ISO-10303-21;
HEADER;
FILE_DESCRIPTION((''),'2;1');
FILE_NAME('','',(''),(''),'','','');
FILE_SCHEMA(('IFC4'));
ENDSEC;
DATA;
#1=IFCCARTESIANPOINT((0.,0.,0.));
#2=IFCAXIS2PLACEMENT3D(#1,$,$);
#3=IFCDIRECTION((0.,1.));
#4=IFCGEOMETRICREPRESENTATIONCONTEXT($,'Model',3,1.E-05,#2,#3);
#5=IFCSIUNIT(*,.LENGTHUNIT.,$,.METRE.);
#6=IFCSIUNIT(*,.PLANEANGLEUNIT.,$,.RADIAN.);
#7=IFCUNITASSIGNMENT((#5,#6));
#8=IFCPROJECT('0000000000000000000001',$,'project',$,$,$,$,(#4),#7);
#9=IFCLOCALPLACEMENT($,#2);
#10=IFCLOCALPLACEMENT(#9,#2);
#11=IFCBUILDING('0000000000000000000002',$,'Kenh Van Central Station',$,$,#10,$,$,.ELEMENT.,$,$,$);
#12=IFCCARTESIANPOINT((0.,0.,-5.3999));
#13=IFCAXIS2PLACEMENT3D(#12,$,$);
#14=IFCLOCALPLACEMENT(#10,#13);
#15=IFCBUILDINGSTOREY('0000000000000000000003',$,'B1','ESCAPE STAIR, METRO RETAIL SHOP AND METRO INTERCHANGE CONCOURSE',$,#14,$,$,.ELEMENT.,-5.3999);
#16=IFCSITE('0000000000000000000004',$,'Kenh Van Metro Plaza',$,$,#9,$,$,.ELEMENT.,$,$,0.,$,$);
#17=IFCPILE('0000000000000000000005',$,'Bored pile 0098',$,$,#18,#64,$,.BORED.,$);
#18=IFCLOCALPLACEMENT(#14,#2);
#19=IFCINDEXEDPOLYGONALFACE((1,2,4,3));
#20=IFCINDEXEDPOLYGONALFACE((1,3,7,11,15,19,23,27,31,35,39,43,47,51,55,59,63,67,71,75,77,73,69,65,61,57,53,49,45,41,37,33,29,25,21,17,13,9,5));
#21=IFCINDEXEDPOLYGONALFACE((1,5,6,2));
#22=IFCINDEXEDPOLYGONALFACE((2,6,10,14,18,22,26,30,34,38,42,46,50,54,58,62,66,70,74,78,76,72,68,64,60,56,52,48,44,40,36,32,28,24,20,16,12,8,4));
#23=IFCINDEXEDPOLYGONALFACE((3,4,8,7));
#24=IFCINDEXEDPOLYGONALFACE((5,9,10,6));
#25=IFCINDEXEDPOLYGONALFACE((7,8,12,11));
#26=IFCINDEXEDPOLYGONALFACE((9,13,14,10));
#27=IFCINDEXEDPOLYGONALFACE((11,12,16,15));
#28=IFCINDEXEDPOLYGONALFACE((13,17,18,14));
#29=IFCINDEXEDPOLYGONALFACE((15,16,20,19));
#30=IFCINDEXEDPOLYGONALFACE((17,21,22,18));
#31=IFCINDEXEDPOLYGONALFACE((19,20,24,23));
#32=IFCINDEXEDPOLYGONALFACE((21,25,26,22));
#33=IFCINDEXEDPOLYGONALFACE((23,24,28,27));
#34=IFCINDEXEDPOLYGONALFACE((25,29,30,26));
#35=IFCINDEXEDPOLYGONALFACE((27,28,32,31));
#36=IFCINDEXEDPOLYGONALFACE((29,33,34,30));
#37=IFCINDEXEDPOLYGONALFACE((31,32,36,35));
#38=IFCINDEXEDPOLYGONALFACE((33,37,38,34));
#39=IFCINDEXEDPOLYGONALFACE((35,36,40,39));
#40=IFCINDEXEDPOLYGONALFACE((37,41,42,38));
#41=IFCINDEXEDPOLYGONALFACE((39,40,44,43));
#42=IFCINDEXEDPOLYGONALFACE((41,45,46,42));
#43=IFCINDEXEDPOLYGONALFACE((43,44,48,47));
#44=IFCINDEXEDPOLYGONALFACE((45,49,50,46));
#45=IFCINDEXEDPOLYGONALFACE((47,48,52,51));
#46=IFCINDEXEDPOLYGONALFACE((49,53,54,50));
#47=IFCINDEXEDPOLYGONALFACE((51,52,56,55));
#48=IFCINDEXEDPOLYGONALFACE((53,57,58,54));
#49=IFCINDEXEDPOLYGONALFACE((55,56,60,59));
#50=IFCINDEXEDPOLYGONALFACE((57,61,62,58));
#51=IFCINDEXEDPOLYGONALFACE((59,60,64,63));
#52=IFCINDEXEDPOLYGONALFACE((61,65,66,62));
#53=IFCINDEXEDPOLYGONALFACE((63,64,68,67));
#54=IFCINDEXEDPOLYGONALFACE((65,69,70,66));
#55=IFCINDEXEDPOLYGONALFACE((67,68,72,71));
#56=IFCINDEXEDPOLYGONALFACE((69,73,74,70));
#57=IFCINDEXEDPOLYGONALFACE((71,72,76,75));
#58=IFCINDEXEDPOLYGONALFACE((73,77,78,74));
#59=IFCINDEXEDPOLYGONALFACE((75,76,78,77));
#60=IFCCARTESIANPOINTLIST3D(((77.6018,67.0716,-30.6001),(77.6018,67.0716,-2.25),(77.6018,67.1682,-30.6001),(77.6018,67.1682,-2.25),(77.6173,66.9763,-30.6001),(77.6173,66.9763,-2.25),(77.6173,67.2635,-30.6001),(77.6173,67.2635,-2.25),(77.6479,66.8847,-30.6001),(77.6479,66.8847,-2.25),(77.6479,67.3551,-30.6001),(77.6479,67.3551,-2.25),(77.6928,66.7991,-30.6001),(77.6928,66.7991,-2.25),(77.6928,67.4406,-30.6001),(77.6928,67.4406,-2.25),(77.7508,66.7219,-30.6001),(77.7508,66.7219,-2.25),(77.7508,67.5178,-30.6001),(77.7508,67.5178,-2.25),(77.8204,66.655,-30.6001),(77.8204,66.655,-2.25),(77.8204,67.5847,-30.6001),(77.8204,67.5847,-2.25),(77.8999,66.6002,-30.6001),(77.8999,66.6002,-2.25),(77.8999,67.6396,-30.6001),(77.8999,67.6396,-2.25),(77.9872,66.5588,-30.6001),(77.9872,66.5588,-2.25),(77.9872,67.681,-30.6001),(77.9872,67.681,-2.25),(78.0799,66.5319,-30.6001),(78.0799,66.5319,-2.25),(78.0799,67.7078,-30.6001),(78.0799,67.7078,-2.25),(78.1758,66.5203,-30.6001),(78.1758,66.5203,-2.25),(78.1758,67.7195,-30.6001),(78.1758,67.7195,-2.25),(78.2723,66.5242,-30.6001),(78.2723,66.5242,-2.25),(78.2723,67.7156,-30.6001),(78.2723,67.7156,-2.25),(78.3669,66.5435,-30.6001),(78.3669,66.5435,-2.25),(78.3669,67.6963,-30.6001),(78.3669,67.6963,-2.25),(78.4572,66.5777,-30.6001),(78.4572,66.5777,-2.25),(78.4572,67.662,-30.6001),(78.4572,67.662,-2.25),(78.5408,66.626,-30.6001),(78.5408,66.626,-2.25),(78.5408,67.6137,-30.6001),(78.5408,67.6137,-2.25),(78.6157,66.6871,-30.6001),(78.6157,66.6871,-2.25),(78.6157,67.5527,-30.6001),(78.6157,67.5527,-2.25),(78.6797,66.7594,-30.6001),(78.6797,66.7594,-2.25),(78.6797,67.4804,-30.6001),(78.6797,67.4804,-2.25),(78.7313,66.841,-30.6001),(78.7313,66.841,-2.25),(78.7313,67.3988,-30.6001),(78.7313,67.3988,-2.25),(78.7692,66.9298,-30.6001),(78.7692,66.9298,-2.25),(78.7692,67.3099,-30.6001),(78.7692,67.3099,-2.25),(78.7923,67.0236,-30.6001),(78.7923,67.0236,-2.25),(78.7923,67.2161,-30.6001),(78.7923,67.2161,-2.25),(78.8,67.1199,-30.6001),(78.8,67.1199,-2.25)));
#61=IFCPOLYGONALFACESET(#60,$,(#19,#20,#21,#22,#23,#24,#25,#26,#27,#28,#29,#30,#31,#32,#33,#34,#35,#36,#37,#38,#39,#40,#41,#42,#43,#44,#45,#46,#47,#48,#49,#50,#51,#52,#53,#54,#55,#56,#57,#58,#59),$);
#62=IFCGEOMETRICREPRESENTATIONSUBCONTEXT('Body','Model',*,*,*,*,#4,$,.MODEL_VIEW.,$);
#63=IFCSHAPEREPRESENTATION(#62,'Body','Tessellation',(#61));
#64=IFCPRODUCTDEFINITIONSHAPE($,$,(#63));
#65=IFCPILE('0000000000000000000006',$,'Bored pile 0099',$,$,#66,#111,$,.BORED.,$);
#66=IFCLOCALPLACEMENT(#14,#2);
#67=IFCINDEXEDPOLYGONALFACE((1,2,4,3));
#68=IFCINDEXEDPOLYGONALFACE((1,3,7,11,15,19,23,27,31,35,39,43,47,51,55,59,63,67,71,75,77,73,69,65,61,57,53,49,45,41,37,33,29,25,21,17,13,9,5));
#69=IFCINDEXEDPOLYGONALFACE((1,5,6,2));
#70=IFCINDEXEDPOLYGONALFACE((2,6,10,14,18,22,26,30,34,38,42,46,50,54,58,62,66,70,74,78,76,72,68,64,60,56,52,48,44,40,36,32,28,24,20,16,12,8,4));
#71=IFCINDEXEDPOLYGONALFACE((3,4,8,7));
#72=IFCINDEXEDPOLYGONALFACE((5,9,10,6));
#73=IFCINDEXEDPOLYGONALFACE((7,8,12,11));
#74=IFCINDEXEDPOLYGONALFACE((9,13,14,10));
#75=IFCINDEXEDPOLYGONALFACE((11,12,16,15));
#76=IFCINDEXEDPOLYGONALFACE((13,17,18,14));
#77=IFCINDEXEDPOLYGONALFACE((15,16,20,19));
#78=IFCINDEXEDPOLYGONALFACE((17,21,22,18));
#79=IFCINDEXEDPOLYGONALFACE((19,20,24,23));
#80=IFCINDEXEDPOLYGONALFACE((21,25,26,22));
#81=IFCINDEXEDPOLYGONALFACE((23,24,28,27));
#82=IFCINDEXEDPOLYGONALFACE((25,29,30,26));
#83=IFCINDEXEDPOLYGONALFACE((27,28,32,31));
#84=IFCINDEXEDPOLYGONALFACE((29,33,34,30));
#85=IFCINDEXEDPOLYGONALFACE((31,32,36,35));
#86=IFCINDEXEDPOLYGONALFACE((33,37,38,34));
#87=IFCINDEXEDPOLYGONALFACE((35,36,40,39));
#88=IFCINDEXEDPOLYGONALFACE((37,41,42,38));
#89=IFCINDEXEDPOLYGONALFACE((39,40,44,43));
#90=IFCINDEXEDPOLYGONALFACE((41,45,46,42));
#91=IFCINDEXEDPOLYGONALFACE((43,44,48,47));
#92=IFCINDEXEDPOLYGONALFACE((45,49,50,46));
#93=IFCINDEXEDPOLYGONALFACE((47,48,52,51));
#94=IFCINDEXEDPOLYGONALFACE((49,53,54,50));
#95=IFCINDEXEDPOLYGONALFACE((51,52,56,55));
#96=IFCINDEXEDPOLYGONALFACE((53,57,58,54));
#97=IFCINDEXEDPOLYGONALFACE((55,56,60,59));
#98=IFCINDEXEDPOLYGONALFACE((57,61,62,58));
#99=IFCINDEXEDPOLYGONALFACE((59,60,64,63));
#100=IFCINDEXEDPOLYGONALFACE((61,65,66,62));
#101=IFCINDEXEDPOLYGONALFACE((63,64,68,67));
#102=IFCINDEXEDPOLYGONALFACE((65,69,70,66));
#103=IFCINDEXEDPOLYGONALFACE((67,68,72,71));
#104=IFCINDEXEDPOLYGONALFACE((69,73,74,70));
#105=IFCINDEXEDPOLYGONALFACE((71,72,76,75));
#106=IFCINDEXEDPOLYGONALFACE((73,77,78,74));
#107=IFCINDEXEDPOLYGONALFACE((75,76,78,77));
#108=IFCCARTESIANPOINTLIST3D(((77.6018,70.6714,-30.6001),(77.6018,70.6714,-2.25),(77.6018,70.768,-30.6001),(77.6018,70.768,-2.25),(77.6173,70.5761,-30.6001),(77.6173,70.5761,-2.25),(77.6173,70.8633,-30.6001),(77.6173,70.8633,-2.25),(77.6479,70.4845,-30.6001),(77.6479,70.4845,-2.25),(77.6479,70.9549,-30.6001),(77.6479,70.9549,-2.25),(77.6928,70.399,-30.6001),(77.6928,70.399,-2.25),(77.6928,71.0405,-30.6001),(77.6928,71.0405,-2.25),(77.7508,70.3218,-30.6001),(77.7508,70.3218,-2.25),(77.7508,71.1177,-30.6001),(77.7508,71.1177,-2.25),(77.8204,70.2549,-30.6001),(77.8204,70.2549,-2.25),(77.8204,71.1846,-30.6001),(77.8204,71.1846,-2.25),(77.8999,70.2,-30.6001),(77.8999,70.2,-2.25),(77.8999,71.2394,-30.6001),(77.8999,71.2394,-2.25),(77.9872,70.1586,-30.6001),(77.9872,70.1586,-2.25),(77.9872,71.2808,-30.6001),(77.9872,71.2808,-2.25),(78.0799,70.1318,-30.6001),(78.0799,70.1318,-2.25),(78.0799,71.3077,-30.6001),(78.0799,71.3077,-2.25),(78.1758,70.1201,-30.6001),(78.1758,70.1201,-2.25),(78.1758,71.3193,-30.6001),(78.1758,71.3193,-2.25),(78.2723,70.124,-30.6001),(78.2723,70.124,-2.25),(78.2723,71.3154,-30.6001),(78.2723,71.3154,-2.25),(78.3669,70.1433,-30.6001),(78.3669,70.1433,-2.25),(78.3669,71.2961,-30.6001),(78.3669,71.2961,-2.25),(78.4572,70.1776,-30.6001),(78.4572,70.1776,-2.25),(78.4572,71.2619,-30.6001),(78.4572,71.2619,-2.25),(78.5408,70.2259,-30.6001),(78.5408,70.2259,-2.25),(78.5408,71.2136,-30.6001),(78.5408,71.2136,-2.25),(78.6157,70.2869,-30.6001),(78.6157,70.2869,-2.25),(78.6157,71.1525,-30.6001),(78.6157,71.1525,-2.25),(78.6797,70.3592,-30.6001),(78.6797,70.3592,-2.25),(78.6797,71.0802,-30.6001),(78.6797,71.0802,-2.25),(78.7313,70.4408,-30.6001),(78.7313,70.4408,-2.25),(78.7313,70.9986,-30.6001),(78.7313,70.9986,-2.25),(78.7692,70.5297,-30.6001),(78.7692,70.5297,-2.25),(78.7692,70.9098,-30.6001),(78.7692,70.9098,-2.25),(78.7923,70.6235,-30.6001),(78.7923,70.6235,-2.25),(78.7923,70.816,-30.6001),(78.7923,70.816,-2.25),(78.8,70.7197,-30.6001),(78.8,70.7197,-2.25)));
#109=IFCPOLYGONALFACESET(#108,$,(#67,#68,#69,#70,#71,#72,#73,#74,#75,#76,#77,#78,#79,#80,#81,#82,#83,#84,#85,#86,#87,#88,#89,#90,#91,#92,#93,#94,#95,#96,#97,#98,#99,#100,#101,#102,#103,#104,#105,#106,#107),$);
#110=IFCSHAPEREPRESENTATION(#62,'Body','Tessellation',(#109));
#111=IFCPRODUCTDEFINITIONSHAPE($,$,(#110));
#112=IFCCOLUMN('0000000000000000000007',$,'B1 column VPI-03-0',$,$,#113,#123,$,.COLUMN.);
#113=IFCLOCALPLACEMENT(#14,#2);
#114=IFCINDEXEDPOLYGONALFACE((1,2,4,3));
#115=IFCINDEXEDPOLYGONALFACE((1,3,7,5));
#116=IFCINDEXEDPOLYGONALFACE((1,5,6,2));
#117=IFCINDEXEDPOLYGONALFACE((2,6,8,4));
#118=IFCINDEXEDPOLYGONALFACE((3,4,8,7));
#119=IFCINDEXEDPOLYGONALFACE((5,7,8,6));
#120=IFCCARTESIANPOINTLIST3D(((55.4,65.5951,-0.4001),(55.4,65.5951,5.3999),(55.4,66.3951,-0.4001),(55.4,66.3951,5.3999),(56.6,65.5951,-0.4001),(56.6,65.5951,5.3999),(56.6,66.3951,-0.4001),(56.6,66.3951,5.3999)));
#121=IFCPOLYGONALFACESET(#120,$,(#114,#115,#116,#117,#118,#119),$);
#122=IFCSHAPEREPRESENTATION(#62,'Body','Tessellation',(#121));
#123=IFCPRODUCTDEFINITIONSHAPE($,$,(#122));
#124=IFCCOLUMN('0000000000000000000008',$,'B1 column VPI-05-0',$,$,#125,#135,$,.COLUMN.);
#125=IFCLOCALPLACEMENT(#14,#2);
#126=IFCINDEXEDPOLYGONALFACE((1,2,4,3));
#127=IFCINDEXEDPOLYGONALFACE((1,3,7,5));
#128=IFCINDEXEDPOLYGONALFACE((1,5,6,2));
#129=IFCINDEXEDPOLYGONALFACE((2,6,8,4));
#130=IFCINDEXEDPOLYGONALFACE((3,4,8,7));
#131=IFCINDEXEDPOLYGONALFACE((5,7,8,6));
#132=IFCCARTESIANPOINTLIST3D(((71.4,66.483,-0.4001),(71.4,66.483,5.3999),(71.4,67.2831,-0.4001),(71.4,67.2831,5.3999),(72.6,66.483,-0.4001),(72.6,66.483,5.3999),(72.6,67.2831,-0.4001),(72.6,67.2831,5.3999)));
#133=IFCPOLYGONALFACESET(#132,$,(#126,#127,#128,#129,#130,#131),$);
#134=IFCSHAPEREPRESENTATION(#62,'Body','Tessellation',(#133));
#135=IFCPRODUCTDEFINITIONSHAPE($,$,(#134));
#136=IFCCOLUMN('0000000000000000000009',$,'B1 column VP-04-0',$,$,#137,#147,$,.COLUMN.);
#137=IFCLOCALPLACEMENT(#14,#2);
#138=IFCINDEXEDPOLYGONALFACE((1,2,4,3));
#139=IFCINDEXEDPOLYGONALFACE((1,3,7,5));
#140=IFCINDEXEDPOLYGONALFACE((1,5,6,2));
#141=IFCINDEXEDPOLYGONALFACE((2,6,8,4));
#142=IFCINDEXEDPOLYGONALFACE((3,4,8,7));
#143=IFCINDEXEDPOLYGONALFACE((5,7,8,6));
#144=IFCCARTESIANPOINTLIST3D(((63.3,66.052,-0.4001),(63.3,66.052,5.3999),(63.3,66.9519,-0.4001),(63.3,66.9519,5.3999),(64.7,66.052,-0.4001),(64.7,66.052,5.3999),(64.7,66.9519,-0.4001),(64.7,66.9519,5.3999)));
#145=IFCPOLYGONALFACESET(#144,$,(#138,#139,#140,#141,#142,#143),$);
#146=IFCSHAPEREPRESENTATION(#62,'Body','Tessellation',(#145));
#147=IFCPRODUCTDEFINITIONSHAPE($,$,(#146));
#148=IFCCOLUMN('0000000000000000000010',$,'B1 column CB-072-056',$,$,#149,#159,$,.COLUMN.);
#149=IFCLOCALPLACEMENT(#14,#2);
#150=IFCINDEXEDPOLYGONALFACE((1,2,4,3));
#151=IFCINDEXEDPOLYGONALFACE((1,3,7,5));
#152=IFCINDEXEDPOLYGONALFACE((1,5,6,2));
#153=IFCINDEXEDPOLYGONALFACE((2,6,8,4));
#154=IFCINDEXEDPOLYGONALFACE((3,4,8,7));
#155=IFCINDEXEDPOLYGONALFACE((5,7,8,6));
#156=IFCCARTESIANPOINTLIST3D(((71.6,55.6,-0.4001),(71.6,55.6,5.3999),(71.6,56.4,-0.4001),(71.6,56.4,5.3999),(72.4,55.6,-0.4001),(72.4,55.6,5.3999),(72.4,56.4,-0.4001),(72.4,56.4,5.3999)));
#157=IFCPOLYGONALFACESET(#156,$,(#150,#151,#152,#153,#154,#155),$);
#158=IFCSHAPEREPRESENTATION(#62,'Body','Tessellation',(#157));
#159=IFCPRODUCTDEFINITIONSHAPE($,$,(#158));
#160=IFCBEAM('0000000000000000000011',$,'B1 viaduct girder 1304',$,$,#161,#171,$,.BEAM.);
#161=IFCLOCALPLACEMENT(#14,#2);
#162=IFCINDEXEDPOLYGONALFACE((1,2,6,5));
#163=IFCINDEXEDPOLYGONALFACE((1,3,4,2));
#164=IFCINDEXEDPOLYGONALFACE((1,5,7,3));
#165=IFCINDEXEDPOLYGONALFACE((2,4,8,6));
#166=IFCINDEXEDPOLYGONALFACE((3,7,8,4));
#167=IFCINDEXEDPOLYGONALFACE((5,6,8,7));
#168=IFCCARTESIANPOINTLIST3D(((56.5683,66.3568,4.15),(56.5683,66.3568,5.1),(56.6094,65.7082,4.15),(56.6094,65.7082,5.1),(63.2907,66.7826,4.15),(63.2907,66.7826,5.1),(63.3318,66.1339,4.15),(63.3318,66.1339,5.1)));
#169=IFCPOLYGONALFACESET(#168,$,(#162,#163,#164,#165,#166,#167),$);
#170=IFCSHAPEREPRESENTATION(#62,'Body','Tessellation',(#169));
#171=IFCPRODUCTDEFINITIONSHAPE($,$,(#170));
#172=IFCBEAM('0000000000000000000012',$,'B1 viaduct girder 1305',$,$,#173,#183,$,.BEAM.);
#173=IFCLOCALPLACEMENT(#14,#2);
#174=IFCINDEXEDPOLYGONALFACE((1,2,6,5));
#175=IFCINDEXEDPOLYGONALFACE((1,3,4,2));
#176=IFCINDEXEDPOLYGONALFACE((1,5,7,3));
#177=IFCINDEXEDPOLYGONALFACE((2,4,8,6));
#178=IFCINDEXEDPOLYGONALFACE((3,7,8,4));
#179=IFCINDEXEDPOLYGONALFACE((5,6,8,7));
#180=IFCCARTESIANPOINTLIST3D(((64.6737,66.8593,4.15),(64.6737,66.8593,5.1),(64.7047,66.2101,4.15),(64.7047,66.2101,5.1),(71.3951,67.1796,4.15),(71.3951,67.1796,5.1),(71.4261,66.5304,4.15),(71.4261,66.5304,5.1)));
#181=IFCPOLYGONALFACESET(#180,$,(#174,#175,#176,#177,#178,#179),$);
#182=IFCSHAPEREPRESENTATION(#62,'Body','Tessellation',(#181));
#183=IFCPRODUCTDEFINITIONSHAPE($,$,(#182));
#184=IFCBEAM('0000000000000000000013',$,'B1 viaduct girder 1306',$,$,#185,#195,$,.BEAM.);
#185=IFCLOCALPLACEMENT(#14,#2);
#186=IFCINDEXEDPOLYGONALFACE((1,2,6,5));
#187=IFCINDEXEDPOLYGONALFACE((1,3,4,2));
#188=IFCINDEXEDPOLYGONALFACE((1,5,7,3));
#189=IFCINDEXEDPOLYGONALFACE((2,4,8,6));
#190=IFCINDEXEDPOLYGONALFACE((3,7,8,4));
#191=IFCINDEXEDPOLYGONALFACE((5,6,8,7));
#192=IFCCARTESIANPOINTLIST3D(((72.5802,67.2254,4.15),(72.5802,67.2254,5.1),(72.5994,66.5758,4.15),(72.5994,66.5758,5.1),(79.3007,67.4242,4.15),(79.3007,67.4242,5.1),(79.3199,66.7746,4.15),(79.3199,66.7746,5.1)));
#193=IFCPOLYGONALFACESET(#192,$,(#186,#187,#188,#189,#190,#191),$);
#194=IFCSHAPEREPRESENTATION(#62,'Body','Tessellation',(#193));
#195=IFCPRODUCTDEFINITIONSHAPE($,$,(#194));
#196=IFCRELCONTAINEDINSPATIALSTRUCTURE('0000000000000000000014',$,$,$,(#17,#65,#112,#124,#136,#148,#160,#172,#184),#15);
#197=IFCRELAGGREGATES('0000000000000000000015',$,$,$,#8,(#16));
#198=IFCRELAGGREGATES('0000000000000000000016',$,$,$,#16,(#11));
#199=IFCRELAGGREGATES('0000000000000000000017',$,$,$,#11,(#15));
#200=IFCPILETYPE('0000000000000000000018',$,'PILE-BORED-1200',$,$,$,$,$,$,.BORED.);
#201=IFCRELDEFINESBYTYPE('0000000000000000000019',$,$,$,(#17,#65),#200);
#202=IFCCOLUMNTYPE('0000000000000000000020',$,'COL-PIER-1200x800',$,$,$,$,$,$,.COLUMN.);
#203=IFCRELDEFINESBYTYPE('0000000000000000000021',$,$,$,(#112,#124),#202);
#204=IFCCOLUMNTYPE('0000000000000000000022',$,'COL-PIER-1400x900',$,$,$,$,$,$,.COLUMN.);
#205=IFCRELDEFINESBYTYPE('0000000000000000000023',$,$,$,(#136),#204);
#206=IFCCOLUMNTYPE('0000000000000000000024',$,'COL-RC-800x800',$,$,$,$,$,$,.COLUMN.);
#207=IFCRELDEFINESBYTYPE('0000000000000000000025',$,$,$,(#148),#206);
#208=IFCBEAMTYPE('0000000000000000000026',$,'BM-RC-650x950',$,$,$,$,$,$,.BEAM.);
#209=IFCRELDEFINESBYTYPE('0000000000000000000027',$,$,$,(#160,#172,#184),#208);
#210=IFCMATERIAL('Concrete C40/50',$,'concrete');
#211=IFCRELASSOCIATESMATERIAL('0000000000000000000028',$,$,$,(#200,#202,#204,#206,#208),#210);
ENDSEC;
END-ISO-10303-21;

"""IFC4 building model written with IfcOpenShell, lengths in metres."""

from ifc_helpers import new_model, si_unit, direction, frame, origin, origin_2d, place, context, subcontext, project, spatial, rectangle, circle, extrude, material, material_profile, profile_set, type_object, element, save


model = new_model("IFC4")

# Units and contexts
model_context = context("Model", 3, precision=1e-05, world=origin(), true_north=direction((0.0, 1.0)))
body_context = subcontext(model_context, "Body", "Model", "MODEL_VIEW")
ifc_project = project(units=[si_unit("LENGTHUNIT", "METRE"), si_unit("PLANEANGLEUNIT", "RADIAN")], contexts=[model_context])

# Site, building, storey
site_placement = place(None, origin())
site = spatial("IfcSite", under=ifc_project, at=site_placement, Name="Kenh Van Metro Plaza", CompositionType="ELEMENT", RefElevation=0.0)
building_placement = place(site_placement, origin())
building = spatial("IfcBuilding", under=site, at=building_placement, Name="Kenh Van Central Station", CompositionType="ELEMENT")
storey_placement = place(building_placement, frame((0.0, 0.0, -5.3999)))
storey = spatial("IfcBuildingStorey", under=building, at=storey_placement, Name="B1", Description="ESCAPE STAIR, METRO RETAIL SHOP AND METRO INTERCHANGE CONCOURSE", CompositionType="ELEMENT", Elevation=-5.3999)

# Shared definitions
ifc_material_1 = material(Name="Concrete C40/50", Category="concrete")

# Piles
ifc_material_profile_1 = material_profile(ifc_material_1, circle(Radius=0.6001, at=origin_2d()), Name="PILE D1200")
ifc_profile_set_1 = profile_set([ifc_material_profile_1], Name="Concrete C40/50")
pile_type_1 = type_object("IfcPileType", Name="PILE-BORED-1200", PredefinedType="BORED", material=ifc_profile_set_1)
for number, where, z_axis, x_axis, name in (
    (1, (78.2, 67.1199, -2.25), (0.0, 0.0, -1.0), (1.0, 0.0, 0.0), "Bored pile 0098"),
    (2, (78.2, 70.7197, -2.25), (0.0, 0.0, -1.0), (1.0, 0.0, 0.0), "Bored pile 0099"),
):
    element("IfcPile", number, at=place(storey_placement, frame(where, z_axis=z_axis, x_axis=x_axis)), inside=storey, type_object=pile_type_1, Name=name, PredefinedType="BORED", context=body_context, shape_type="SweptSolid", body=[
        extrude(circle(Radius=0.6001, at=origin_2d()), origin(), (0.0, 0.0, 1.0), 28.3501),
    ])

# Columns
ifc_material_profile_2 = material_profile(ifc_material_1, rectangle(XDim=1.2, YDim=0.8, at=origin_2d()), Name="RC 1200x800")
ifc_profile_set_2 = profile_set([ifc_material_profile_2], Name="Concrete C40/50")
column_type_1 = type_object("IfcColumnType", Name="COL-PIER-1200x800", PredefinedType="COLUMN", material=ifc_profile_set_2)
for number, where, z_axis, x_axis, name in (
    (3, (56.0, 65.9951, -0.4001), (0.0, 0.0, 1.0), (1.0, 0.0, 0.0), "B1 column VPI-03-0"),
    (4, (72.0, 66.8831, -0.4001), (0.0, 0.0, 1.0), (1.0, 0.0, 0.0), "B1 column VPI-05-0"),
):
    element("IfcColumn", number, at=place(storey_placement, frame(where, z_axis=z_axis, x_axis=x_axis)), inside=storey, type_object=column_type_1, Name=name, PredefinedType="COLUMN", context=body_context, shape_type="SweptSolid", body=[
        extrude(rectangle(XDim=1.2, YDim=0.8, at=origin_2d()), origin(), (0.0, 0.0, 1.0), 5.8),
    ])
ifc_material_profile_3 = material_profile(ifc_material_1, rectangle(XDim=1.3999, YDim=0.8999, at=origin_2d()), Name="RC 1400x900")
ifc_profile_set_3 = profile_set([ifc_material_profile_3], Name="Concrete C40/50")
column_type_2 = type_object("IfcColumnType", Name="COL-PIER-1400x900", PredefinedType="COLUMN", material=ifc_profile_set_3)
column_1_placement = place(storey_placement, frame((64.0, 66.502, -0.4001), z_axis=(0.0, 0.0, 1.0), x_axis=(1.0, 0.0, 0.0)))
element("IfcColumn", 5, at=column_1_placement, inside=storey, type_object=column_type_2, Name="B1 column VP-04-0", PredefinedType="COLUMN", context=body_context, shape_type="SweptSolid", body=[
    extrude(rectangle(XDim=1.3999, YDim=0.8999, at=origin_2d()), origin(), (0.0, 0.0, 1.0), 5.8),
])
ifc_material_profile_4 = material_profile(ifc_material_1, rectangle(XDim=0.8, YDim=0.8, at=origin_2d()), Name="RC 800x800")
ifc_profile_set_4 = profile_set([ifc_material_profile_4], Name="Concrete C40/50")
column_type_3 = type_object("IfcColumnType", Name="COL-RC-800x800", PredefinedType="COLUMN", material=ifc_profile_set_4)
column_2_placement = place(storey_placement, frame((72.0, 56.0, -0.4001), z_axis=(0.0, 0.0, 1.0), x_axis=(1.0, 0.0, 0.0)))
element("IfcColumn", 6, at=column_2_placement, inside=storey, type_object=column_type_3, Name="B1 column CB-072-056", PredefinedType="COLUMN", context=body_context, shape_type="SweptSolid", body=[
    extrude(rectangle(XDim=0.8, YDim=0.8, at=origin_2d()), origin(), (0.0, 0.0, 1.0), 5.8),
])

# Beams
ifc_material_profile_5 = material_profile(ifc_material_1, rectangle(XDim=0.6499, YDim=0.95, at=origin_2d()), Name="RC 650x950")
ifc_profile_set_5 = profile_set([ifc_material_profile_5], Name="Concrete C40/50")
beam_type_1 = type_object("IfcBeamType", Name="BM-RC-650x950", PredefinedType="BEAM", material=ifc_profile_set_5)
beam_1_placement = place(storey_placement, frame((56.5889, 66.0325, 4.625), z_axis=(0.998, 0.063211, 0.0), x_axis=(-0.063211, 0.998, 0.0)))
element("IfcBeam", 7, at=beam_1_placement, inside=storey, type_object=beam_type_1, Name="B1 viaduct girder 1304", PredefinedType="BEAM", context=body_context, shape_type="SweptSolid", body=[
    extrude(rectangle(XDim=0.6499, YDim=0.95, at=origin_2d()), origin(), (0.0, 0.0, 1.0), 6.7358),
])
beam_2_placement = place(storey_placement, frame((64.6892, 66.5347, 4.625), z_axis=(0.998866, 0.047601, 0.0), x_axis=(-0.047601, 0.998866, 0.0)))
element("IfcBeam", 8, at=beam_2_placement, inside=storey, type_object=beam_type_1, Name="B1 viaduct girder 1305", PredefinedType="BEAM", context=body_context, shape_type="SweptSolid", body=[
    extrude(rectangle(XDim=0.6499, YDim=0.95, at=origin_2d()), origin(), (0.0, 0.0, 1.0), 6.729),
])
beam_3_placement = place(storey_placement, frame((72.5898, 66.9006, 4.625), z_axis=(0.999563, 0.029558, 0.0), x_axis=(-0.029558, 0.999563, 0.0)))
element("IfcBeam", 9, at=beam_3_placement, inside=storey, type_object=beam_type_1, Name="B1 viaduct girder 1306", PredefinedType="BEAM", context=body_context, shape_type="SweptSolid", body=[
    extrude(rectangle(XDim=0.6499, YDim=0.95, at=origin_2d()), origin(), (0.0, 0.0, 1.0), 6.7234),
])

save(model, "model.ifc")
